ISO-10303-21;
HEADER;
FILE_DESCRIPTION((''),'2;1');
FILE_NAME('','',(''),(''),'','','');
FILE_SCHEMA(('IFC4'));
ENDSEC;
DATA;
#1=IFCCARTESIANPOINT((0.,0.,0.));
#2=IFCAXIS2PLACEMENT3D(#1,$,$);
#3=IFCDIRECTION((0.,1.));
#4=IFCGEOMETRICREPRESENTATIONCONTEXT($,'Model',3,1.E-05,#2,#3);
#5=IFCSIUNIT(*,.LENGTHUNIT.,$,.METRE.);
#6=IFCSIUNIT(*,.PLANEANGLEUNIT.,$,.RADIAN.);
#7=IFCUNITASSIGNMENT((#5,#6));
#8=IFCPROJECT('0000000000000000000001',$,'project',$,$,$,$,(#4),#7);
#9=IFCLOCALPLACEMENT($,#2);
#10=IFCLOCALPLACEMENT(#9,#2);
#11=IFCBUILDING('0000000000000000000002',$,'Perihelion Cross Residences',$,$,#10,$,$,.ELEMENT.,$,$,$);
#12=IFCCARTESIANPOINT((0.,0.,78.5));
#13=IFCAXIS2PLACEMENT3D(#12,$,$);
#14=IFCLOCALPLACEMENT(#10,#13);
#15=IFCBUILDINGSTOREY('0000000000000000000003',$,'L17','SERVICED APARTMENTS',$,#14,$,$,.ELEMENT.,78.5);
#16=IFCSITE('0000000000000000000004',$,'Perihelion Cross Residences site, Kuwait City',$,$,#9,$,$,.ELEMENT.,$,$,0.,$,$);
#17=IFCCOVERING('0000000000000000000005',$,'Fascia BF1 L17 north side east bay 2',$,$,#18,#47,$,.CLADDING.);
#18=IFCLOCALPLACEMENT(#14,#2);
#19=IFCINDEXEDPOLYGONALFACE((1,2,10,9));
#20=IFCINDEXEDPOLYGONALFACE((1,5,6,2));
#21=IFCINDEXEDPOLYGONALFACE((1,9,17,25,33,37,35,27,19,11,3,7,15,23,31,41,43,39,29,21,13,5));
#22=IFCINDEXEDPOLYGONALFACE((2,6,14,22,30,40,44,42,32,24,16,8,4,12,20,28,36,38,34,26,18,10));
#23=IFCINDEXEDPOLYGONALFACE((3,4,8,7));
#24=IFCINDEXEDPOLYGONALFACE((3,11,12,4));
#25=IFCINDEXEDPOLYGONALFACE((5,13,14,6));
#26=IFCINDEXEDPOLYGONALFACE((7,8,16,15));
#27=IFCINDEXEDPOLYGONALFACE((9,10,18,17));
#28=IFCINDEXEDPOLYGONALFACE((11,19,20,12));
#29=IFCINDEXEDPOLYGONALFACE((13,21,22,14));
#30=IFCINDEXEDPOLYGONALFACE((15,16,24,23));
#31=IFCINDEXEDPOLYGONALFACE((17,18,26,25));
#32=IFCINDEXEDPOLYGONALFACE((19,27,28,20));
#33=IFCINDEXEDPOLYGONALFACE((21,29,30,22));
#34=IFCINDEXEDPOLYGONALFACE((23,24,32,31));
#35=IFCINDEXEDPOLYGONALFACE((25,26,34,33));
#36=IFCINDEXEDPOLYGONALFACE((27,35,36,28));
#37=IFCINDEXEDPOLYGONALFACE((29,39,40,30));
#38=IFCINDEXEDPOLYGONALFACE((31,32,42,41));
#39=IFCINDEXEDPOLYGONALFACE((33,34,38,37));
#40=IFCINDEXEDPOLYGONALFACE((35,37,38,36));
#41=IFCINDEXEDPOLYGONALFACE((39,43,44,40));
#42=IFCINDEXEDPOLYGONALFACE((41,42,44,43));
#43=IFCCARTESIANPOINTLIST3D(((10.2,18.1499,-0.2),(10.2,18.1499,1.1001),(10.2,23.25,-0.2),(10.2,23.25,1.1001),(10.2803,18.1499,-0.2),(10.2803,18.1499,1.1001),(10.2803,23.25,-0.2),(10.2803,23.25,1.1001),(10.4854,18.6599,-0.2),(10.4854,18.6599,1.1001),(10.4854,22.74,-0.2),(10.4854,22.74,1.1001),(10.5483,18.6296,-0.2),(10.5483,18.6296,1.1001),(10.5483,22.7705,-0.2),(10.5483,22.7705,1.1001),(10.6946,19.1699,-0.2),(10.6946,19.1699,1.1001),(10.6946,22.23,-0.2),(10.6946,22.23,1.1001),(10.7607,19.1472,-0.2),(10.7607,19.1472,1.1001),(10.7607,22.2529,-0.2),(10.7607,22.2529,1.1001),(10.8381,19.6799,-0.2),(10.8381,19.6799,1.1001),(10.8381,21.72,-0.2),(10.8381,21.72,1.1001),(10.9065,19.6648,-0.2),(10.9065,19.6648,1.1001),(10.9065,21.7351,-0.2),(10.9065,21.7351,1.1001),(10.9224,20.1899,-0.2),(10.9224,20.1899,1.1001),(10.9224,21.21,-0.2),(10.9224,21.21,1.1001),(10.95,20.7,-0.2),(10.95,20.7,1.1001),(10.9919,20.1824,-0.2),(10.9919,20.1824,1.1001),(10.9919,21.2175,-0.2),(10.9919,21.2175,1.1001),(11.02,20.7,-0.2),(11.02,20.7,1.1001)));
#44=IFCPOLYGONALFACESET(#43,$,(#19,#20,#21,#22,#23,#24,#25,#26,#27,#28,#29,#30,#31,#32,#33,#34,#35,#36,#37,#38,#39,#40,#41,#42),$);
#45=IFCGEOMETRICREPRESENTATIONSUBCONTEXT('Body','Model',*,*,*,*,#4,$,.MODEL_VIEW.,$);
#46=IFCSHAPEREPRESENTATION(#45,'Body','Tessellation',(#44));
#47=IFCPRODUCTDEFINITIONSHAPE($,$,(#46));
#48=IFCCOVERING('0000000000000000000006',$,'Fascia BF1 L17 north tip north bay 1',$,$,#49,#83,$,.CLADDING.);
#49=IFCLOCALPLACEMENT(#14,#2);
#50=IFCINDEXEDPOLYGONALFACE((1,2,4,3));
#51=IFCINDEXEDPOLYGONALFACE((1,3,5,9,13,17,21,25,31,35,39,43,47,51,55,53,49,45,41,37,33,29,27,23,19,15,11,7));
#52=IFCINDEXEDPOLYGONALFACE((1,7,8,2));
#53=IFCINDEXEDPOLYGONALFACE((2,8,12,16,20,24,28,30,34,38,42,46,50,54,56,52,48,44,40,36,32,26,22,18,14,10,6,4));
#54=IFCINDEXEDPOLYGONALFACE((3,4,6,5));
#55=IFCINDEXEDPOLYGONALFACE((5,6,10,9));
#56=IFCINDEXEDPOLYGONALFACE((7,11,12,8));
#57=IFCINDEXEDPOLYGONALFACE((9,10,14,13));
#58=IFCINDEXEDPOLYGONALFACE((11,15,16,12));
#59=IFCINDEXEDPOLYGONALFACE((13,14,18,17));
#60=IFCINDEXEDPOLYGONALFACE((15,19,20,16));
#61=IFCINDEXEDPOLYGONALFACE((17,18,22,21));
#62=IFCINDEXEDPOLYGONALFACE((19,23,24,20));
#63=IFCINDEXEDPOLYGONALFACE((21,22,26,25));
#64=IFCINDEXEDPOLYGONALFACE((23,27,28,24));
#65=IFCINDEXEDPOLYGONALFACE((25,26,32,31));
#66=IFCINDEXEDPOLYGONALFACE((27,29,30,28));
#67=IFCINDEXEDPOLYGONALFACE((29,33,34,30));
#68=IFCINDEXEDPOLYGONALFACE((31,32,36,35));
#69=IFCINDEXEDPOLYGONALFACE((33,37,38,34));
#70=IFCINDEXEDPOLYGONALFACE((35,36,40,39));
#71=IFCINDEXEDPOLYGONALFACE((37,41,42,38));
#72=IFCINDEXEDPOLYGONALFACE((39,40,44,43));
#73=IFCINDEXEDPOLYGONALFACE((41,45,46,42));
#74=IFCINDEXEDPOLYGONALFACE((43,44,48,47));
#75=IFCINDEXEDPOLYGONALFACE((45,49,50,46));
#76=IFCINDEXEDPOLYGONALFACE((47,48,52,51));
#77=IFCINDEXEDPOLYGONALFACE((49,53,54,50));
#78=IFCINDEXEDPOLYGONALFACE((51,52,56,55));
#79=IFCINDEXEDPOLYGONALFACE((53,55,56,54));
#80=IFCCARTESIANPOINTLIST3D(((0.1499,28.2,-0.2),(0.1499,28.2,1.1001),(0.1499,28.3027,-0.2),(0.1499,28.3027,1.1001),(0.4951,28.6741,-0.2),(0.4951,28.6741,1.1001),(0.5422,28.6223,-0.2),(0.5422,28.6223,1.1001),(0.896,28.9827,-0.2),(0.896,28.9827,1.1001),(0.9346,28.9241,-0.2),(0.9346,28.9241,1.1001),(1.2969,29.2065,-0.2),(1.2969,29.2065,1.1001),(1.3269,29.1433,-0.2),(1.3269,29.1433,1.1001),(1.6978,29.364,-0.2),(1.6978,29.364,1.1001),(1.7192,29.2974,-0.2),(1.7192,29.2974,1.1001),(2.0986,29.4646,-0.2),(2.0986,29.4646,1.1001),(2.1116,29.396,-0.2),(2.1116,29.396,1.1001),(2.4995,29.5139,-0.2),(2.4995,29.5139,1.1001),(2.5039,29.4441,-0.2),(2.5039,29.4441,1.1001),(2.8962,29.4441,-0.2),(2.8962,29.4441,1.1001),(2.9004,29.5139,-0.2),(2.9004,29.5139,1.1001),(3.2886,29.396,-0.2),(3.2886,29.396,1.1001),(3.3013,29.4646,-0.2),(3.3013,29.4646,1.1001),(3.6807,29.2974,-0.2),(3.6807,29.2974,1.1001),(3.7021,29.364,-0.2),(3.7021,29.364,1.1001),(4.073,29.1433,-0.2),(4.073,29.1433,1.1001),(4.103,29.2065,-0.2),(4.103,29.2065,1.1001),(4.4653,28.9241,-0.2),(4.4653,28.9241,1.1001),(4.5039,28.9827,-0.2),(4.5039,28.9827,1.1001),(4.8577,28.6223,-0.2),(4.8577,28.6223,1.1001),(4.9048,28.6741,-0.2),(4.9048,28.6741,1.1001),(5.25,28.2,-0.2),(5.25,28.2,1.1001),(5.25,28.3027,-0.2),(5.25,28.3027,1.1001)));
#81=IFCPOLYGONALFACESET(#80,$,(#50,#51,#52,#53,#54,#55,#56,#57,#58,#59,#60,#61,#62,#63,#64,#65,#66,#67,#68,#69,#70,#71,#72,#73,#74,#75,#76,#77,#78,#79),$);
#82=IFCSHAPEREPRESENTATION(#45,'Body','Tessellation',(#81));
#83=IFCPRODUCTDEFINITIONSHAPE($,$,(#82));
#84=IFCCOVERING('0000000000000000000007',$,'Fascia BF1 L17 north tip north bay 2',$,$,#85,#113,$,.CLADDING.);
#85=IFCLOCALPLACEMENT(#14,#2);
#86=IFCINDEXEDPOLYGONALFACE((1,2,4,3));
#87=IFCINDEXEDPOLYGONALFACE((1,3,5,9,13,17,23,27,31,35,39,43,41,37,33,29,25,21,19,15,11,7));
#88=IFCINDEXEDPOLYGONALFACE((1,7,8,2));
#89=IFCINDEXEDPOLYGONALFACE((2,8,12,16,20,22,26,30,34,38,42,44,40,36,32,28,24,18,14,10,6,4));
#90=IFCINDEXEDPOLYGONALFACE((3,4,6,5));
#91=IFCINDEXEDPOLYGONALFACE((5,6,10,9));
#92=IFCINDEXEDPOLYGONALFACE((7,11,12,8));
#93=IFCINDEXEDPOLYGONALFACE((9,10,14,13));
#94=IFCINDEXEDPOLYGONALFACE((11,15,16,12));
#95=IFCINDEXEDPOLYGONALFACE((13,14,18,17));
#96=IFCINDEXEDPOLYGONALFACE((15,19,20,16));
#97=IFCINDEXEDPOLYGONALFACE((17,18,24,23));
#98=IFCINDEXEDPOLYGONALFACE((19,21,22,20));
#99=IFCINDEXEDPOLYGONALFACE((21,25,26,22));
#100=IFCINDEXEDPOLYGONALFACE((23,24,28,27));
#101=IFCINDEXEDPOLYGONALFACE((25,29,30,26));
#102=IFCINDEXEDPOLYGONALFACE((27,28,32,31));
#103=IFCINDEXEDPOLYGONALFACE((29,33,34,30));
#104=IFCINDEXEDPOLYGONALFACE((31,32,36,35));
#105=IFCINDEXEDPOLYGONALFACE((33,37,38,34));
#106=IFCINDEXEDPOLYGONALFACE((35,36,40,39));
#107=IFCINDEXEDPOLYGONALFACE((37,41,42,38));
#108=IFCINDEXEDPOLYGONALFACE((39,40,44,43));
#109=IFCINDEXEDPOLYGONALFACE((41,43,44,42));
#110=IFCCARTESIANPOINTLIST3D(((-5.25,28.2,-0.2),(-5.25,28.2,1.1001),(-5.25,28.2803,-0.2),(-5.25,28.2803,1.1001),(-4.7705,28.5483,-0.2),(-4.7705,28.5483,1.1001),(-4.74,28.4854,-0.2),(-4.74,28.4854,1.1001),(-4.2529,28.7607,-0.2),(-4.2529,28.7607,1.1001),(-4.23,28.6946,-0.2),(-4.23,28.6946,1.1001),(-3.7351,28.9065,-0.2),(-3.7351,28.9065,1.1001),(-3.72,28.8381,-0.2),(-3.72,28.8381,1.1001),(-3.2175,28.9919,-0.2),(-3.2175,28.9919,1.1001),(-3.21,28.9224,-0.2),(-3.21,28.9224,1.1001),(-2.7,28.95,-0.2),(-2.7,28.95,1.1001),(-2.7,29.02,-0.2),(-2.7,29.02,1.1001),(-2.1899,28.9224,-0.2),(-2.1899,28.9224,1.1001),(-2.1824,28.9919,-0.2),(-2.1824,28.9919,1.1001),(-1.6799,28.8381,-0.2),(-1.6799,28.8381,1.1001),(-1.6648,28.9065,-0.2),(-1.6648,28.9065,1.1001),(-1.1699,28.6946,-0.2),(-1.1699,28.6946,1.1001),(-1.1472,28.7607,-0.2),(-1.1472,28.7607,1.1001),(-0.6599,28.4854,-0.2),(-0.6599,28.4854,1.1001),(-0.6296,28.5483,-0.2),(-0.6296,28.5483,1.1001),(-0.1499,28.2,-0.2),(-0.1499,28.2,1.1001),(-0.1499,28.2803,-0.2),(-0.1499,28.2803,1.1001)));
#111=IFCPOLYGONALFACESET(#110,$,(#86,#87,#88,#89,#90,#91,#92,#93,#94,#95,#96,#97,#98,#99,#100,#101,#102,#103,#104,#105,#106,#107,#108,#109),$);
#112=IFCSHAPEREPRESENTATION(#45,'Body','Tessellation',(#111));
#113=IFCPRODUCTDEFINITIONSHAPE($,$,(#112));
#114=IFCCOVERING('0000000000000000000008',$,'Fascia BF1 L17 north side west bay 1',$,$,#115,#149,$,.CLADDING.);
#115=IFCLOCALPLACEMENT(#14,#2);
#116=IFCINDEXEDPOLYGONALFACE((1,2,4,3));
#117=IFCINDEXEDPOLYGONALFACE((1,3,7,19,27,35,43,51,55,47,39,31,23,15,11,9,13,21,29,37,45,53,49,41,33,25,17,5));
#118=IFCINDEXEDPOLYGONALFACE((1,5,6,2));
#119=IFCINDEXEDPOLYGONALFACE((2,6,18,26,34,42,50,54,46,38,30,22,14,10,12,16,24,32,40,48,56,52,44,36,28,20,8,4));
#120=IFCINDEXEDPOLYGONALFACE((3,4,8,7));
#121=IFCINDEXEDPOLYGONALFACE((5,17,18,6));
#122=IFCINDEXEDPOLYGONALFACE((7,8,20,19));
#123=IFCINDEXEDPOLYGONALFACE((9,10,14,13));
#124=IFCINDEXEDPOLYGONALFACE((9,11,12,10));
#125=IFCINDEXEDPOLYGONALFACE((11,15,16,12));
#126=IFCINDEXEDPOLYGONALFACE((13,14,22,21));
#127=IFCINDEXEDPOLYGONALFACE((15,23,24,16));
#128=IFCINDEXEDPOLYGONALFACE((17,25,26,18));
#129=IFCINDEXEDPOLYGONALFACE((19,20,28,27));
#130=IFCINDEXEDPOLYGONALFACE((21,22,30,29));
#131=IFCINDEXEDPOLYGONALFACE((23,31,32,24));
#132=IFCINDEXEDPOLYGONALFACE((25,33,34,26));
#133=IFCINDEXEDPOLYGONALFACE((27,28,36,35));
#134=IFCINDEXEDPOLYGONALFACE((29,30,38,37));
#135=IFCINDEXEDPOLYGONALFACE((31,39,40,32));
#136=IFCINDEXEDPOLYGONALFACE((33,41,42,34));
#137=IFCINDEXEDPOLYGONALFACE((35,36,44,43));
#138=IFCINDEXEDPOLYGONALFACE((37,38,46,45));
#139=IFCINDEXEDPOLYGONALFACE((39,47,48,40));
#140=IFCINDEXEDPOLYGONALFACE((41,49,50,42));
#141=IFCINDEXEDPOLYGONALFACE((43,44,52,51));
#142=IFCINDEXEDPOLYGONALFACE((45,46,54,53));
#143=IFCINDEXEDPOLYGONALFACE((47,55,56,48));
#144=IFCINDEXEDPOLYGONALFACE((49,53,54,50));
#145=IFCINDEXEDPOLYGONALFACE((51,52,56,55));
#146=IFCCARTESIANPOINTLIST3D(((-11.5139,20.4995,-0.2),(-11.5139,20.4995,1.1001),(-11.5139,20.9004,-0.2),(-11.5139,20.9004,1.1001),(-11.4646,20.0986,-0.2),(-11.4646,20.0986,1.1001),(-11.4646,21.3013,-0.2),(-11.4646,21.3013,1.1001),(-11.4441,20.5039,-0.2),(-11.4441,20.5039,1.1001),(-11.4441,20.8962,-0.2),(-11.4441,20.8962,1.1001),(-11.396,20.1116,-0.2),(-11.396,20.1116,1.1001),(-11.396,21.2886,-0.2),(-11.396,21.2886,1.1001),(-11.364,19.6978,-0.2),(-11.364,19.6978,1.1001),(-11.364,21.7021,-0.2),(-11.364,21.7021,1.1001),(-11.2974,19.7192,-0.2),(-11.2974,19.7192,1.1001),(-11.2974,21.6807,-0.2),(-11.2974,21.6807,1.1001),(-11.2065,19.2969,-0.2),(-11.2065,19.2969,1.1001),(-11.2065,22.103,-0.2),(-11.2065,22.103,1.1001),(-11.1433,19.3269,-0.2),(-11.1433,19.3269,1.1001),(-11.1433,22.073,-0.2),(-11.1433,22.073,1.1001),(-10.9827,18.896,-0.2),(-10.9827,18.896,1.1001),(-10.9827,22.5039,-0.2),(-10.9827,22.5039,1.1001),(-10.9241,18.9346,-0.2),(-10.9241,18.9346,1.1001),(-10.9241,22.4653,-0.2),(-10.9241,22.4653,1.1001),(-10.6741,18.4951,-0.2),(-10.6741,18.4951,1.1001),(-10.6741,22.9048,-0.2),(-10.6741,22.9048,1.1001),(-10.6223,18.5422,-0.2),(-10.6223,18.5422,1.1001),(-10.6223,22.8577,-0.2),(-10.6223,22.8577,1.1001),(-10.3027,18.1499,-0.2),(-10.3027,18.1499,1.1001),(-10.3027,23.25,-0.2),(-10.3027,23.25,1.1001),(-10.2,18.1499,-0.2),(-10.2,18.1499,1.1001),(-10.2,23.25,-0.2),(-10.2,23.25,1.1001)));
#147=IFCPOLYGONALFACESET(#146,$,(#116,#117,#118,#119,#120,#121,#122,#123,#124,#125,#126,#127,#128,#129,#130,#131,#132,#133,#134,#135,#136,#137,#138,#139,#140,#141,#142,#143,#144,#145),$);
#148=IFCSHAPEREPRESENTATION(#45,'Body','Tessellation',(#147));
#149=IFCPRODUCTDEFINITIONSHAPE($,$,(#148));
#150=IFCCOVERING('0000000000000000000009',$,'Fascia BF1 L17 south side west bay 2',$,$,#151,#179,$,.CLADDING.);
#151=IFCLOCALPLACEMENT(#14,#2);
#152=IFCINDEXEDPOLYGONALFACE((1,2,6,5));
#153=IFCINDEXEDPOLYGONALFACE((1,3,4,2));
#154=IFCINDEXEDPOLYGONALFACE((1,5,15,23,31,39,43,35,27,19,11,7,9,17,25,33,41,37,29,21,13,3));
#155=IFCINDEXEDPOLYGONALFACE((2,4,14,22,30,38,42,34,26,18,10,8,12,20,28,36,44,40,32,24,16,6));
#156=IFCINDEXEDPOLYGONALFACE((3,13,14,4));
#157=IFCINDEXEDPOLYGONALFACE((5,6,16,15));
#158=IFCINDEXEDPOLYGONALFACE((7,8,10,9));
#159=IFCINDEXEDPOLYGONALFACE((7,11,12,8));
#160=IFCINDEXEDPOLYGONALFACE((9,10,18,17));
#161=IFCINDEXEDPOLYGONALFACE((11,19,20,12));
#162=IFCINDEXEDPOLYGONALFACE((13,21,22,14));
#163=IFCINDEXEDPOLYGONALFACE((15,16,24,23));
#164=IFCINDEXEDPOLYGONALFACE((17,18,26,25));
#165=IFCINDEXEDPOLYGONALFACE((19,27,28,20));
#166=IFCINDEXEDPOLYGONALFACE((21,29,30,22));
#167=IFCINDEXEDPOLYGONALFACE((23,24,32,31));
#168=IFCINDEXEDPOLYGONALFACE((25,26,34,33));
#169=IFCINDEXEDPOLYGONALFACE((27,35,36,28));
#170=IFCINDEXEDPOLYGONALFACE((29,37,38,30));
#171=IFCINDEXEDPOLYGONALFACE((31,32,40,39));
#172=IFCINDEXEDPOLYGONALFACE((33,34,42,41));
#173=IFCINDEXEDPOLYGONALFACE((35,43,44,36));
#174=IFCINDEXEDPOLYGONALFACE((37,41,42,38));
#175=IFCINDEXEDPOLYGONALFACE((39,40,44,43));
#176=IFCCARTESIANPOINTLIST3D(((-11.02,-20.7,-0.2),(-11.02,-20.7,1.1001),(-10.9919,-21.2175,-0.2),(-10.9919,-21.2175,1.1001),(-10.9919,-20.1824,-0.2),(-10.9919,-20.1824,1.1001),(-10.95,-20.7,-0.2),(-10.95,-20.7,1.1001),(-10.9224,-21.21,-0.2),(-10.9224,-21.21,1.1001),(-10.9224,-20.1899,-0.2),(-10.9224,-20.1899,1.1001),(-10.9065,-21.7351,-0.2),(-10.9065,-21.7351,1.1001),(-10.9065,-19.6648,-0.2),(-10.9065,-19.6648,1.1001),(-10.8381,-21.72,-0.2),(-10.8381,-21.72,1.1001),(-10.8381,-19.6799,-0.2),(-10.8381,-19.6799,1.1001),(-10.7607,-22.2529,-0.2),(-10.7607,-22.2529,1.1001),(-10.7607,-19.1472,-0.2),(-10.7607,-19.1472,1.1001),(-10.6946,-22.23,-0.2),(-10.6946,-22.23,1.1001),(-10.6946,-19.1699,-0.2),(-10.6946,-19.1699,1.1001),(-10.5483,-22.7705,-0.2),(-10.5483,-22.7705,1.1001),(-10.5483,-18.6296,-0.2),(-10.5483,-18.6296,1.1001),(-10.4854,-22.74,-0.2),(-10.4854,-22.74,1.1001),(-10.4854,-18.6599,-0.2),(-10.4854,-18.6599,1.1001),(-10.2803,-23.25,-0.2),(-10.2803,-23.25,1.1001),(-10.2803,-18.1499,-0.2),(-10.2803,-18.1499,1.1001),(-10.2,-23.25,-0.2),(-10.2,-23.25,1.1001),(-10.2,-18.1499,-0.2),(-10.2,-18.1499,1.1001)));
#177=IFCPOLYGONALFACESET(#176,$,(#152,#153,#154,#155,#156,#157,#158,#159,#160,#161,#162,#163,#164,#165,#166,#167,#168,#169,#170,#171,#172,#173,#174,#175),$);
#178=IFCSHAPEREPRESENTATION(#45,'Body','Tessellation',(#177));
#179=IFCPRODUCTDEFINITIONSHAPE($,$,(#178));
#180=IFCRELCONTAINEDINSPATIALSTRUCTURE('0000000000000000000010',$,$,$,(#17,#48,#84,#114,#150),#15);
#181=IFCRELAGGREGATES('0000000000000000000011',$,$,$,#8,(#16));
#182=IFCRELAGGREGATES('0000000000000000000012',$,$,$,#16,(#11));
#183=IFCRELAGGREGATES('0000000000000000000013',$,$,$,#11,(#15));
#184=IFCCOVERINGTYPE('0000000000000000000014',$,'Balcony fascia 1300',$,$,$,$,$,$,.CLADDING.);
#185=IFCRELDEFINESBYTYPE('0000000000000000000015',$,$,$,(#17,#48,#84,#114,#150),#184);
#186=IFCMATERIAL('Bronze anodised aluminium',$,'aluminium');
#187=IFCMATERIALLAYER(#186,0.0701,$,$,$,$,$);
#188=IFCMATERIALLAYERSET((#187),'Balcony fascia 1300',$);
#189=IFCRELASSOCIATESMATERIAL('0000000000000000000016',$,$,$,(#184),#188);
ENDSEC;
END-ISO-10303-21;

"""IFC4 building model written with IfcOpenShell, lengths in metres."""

from ifc_helpers import new_model, si_unit, direction, frame, origin, place, context, subcontext, project, spatial, polyline, outline, extrude, material, layer, layer_set, type_object, element, save


model = new_model("IFC4")

# Units and contexts
model_context = context("Model", 3, precision=1e-05, world=origin(), true_north=direction((0.0, 1.0)))
body_context = subcontext(model_context, "Body", "Model", "MODEL_VIEW")
ifc_project = project(units=[si_unit("LENGTHUNIT", "METRE"), si_unit("PLANEANGLEUNIT", "RADIAN")], contexts=[model_context])

# Site, building, storey
site_placement = place(None, origin())
site = spatial("IfcSite", under=ifc_project, at=site_placement, Name="Perihelion Cross Residences site, Kuwait City", CompositionType="ELEMENT", RefElevation=0.0)
building_placement = place(site_placement, origin())
building = spatial("IfcBuilding", under=site, at=building_placement, Name="Perihelion Cross Residences", CompositionType="ELEMENT")
storey_placement = place(building_placement, frame((0.0, 0.0, 78.5)))
storey = spatial("IfcBuildingStorey", under=building, at=storey_placement, Name="L17", Description="SERVICED APARTMENTS", CompositionType="ELEMENT", Elevation=78.5)

# Coverings
ifc_material_1 = material(Name="Bronze anodised aluminium", Category="aluminium")
ifc_layer_1 = layer(ifc_material_1, 0.0701)
ifc_layer_set_1 = layer_set([ifc_layer_1], Name="Balcony fascia 1300")
covering_type = type_object("IfcCoveringType", Name="Balcony fascia 1300", PredefinedType="CLADDING", material=ifc_layer_set_1)
covering_1_placement = place(storey_placement, frame((0.0, 0.0, -0.2)))
element("IfcCovering", 1, at=covering_1_placement, inside=storey, type_object=covering_type, Name="Fascia BF1 L17 north side east bay 2", PredefinedType="CLADDING", context=body_context, shape_type="SweptSolid", body=[
    extrude(outline(polyline([(10.5483, 18.6296), (10.7607, 19.1472), (10.9065, 19.6648), (10.9919, 20.1824), (11.02, 20.7), (10.9919, 21.2175), (10.9065, 21.7351), (10.7607, 22.2529), (10.5483, 22.7705), (10.2803, 23.25), (10.2, 23.25), (10.4854, 22.74), (10.6946, 22.23), (10.8381, 21.72), (10.9224, 21.21), (10.95, 20.7), (10.9224, 20.1899), (10.8381, 19.6799), (10.6946, 19.1699), (10.4854, 18.6599), (10.2, 18.1499), (10.2803, 18.1499), (10.5483, 18.6296)])), origin(), (0.0, 0.0, 1.0), 1.3),
])
covering_2_placement = place(storey_placement, frame((0.0, 0.0, -0.2)))
element("IfcCovering", 2, at=covering_2_placement, inside=storey, type_object=covering_type, Name="Fascia BF1 L17 north tip north bay 1", PredefinedType="CLADDING", context=body_context, shape_type="SweptSolid", body=[
    extrude(outline(polyline([(4.9048, 28.6741), (4.5039, 28.9827), (4.103, 29.2065), (3.7021, 29.364), (3.3013, 29.4646), (2.9004, 29.5139), (2.4995, 29.5139), (2.0986, 29.4646), (1.6978, 29.364), (1.2969, 29.2065), (0.896, 28.9827), (0.4951, 28.6741), (0.1499, 28.3027), (0.1499, 28.2), (0.5422, 28.6223), (0.9346, 28.9241), (1.3269, 29.1433), (1.7192, 29.2974), (2.1116, 29.396), (2.5039, 29.4441), (2.8962, 29.4441), (3.2886, 29.396), (3.6807, 29.2974), (4.073, 29.1433), (4.4653, 28.9241), (4.8577, 28.6223), (5.25, 28.2), (5.25, 28.3027), (4.9048, 28.6741)])), origin(), (0.0, 0.0, 1.0), 1.3),
])
covering_3_placement = place(storey_placement, frame((0.0, 0.0, -0.2)))
element("IfcCovering", 3, at=covering_3_placement, inside=storey, type_object=covering_type, Name="Fascia BF1 L17 north tip north bay 2", PredefinedType="CLADDING", context=body_context, shape_type="SweptSolid", body=[
    extrude(outline(polyline([(-0.6296, 28.5483), (-1.1472, 28.7607), (-1.6648, 28.9065), (-2.1824, 28.9919), (-2.7, 29.02), (-3.2175, 28.9919), (-3.7351, 28.9065), (-4.2529, 28.7607), (-4.7705, 28.5483), (-5.25, 28.2803), (-5.25, 28.2), (-4.74, 28.4854), (-4.23, 28.6946), (-3.72, 28.8381), (-3.21, 28.9224), (-2.7, 28.95), (-2.1899, 28.9224), (-1.6799, 28.8381), (-1.1699, 28.6946), (-0.6599, 28.4854), (-0.1499, 28.2), (-0.1499, 28.2803), (-0.6296, 28.5483)])), origin(), (0.0, 0.0, 1.0), 1.3),
])
covering_4_placement = place(storey_placement, frame((0.0, 0.0, -0.2)))
element("IfcCovering", 4, at=covering_4_placement, inside=storey, type_object=covering_type, Name="Fascia BF1 L17 north side west bay 1", PredefinedType="CLADDING", context=body_context, shape_type="SweptSolid", body=[
    extrude(outline(polyline([(-10.6741, 22.9048), (-10.9827, 22.5039), (-11.2065, 22.103), (-11.364, 21.7021), (-11.4646, 21.3013), (-11.5139, 20.9004), (-11.5139, 20.4995), (-11.4646, 20.0986), (-11.364, 19.6978), (-11.2065, 19.2969), (-10.9827, 18.896), (-10.6741, 18.4951), (-10.3027, 18.1499), (-10.2, 18.1499), (-10.6223, 18.5422), (-10.9241, 18.9346), (-11.1433, 19.3269), (-11.2974, 19.7192), (-11.396, 20.1116), (-11.4441, 20.5039), (-11.4441, 20.8962), (-11.396, 21.2886), (-11.2974, 21.6807), (-11.1433, 22.073), (-10.9241, 22.4653), (-10.6223, 22.8577), (-10.2, 23.25), (-10.3027, 23.25), (-10.6741, 22.9048)])), origin(), (0.0, 0.0, 1.0), 1.3),
])
covering_5_placement = place(storey_placement, frame((0.0, 0.0, -0.2)))
element("IfcCovering", 5, at=covering_5_placement, inside=storey, type_object=covering_type, Name="Fascia BF1 L17 south side west bay 2", PredefinedType="CLADDING", context=body_context, shape_type="SweptSolid", body=[
    extrude(outline(polyline([(-10.5483, -18.6296), (-10.7607, -19.1472), (-10.9065, -19.6648), (-10.9919, -20.1824), (-11.02, -20.7), (-10.9919, -21.2175), (-10.9065, -21.7351), (-10.7607, -22.2529), (-10.5483, -22.7705), (-10.2803, -23.25), (-10.2, -23.25), (-10.4854, -22.74), (-10.6946, -22.23), (-10.8381, -21.72), (-10.9224, -21.21), (-10.95, -20.7), (-10.9224, -20.1899), (-10.8381, -19.6799), (-10.6946, -19.1699), (-10.4854, -18.6599), (-10.2, -18.1499), (-10.2803, -18.1499), (-10.5483, -18.6296)])), origin(), (0.0, 0.0, 1.0), 1.3),
])

save(model, "model.ifc")
